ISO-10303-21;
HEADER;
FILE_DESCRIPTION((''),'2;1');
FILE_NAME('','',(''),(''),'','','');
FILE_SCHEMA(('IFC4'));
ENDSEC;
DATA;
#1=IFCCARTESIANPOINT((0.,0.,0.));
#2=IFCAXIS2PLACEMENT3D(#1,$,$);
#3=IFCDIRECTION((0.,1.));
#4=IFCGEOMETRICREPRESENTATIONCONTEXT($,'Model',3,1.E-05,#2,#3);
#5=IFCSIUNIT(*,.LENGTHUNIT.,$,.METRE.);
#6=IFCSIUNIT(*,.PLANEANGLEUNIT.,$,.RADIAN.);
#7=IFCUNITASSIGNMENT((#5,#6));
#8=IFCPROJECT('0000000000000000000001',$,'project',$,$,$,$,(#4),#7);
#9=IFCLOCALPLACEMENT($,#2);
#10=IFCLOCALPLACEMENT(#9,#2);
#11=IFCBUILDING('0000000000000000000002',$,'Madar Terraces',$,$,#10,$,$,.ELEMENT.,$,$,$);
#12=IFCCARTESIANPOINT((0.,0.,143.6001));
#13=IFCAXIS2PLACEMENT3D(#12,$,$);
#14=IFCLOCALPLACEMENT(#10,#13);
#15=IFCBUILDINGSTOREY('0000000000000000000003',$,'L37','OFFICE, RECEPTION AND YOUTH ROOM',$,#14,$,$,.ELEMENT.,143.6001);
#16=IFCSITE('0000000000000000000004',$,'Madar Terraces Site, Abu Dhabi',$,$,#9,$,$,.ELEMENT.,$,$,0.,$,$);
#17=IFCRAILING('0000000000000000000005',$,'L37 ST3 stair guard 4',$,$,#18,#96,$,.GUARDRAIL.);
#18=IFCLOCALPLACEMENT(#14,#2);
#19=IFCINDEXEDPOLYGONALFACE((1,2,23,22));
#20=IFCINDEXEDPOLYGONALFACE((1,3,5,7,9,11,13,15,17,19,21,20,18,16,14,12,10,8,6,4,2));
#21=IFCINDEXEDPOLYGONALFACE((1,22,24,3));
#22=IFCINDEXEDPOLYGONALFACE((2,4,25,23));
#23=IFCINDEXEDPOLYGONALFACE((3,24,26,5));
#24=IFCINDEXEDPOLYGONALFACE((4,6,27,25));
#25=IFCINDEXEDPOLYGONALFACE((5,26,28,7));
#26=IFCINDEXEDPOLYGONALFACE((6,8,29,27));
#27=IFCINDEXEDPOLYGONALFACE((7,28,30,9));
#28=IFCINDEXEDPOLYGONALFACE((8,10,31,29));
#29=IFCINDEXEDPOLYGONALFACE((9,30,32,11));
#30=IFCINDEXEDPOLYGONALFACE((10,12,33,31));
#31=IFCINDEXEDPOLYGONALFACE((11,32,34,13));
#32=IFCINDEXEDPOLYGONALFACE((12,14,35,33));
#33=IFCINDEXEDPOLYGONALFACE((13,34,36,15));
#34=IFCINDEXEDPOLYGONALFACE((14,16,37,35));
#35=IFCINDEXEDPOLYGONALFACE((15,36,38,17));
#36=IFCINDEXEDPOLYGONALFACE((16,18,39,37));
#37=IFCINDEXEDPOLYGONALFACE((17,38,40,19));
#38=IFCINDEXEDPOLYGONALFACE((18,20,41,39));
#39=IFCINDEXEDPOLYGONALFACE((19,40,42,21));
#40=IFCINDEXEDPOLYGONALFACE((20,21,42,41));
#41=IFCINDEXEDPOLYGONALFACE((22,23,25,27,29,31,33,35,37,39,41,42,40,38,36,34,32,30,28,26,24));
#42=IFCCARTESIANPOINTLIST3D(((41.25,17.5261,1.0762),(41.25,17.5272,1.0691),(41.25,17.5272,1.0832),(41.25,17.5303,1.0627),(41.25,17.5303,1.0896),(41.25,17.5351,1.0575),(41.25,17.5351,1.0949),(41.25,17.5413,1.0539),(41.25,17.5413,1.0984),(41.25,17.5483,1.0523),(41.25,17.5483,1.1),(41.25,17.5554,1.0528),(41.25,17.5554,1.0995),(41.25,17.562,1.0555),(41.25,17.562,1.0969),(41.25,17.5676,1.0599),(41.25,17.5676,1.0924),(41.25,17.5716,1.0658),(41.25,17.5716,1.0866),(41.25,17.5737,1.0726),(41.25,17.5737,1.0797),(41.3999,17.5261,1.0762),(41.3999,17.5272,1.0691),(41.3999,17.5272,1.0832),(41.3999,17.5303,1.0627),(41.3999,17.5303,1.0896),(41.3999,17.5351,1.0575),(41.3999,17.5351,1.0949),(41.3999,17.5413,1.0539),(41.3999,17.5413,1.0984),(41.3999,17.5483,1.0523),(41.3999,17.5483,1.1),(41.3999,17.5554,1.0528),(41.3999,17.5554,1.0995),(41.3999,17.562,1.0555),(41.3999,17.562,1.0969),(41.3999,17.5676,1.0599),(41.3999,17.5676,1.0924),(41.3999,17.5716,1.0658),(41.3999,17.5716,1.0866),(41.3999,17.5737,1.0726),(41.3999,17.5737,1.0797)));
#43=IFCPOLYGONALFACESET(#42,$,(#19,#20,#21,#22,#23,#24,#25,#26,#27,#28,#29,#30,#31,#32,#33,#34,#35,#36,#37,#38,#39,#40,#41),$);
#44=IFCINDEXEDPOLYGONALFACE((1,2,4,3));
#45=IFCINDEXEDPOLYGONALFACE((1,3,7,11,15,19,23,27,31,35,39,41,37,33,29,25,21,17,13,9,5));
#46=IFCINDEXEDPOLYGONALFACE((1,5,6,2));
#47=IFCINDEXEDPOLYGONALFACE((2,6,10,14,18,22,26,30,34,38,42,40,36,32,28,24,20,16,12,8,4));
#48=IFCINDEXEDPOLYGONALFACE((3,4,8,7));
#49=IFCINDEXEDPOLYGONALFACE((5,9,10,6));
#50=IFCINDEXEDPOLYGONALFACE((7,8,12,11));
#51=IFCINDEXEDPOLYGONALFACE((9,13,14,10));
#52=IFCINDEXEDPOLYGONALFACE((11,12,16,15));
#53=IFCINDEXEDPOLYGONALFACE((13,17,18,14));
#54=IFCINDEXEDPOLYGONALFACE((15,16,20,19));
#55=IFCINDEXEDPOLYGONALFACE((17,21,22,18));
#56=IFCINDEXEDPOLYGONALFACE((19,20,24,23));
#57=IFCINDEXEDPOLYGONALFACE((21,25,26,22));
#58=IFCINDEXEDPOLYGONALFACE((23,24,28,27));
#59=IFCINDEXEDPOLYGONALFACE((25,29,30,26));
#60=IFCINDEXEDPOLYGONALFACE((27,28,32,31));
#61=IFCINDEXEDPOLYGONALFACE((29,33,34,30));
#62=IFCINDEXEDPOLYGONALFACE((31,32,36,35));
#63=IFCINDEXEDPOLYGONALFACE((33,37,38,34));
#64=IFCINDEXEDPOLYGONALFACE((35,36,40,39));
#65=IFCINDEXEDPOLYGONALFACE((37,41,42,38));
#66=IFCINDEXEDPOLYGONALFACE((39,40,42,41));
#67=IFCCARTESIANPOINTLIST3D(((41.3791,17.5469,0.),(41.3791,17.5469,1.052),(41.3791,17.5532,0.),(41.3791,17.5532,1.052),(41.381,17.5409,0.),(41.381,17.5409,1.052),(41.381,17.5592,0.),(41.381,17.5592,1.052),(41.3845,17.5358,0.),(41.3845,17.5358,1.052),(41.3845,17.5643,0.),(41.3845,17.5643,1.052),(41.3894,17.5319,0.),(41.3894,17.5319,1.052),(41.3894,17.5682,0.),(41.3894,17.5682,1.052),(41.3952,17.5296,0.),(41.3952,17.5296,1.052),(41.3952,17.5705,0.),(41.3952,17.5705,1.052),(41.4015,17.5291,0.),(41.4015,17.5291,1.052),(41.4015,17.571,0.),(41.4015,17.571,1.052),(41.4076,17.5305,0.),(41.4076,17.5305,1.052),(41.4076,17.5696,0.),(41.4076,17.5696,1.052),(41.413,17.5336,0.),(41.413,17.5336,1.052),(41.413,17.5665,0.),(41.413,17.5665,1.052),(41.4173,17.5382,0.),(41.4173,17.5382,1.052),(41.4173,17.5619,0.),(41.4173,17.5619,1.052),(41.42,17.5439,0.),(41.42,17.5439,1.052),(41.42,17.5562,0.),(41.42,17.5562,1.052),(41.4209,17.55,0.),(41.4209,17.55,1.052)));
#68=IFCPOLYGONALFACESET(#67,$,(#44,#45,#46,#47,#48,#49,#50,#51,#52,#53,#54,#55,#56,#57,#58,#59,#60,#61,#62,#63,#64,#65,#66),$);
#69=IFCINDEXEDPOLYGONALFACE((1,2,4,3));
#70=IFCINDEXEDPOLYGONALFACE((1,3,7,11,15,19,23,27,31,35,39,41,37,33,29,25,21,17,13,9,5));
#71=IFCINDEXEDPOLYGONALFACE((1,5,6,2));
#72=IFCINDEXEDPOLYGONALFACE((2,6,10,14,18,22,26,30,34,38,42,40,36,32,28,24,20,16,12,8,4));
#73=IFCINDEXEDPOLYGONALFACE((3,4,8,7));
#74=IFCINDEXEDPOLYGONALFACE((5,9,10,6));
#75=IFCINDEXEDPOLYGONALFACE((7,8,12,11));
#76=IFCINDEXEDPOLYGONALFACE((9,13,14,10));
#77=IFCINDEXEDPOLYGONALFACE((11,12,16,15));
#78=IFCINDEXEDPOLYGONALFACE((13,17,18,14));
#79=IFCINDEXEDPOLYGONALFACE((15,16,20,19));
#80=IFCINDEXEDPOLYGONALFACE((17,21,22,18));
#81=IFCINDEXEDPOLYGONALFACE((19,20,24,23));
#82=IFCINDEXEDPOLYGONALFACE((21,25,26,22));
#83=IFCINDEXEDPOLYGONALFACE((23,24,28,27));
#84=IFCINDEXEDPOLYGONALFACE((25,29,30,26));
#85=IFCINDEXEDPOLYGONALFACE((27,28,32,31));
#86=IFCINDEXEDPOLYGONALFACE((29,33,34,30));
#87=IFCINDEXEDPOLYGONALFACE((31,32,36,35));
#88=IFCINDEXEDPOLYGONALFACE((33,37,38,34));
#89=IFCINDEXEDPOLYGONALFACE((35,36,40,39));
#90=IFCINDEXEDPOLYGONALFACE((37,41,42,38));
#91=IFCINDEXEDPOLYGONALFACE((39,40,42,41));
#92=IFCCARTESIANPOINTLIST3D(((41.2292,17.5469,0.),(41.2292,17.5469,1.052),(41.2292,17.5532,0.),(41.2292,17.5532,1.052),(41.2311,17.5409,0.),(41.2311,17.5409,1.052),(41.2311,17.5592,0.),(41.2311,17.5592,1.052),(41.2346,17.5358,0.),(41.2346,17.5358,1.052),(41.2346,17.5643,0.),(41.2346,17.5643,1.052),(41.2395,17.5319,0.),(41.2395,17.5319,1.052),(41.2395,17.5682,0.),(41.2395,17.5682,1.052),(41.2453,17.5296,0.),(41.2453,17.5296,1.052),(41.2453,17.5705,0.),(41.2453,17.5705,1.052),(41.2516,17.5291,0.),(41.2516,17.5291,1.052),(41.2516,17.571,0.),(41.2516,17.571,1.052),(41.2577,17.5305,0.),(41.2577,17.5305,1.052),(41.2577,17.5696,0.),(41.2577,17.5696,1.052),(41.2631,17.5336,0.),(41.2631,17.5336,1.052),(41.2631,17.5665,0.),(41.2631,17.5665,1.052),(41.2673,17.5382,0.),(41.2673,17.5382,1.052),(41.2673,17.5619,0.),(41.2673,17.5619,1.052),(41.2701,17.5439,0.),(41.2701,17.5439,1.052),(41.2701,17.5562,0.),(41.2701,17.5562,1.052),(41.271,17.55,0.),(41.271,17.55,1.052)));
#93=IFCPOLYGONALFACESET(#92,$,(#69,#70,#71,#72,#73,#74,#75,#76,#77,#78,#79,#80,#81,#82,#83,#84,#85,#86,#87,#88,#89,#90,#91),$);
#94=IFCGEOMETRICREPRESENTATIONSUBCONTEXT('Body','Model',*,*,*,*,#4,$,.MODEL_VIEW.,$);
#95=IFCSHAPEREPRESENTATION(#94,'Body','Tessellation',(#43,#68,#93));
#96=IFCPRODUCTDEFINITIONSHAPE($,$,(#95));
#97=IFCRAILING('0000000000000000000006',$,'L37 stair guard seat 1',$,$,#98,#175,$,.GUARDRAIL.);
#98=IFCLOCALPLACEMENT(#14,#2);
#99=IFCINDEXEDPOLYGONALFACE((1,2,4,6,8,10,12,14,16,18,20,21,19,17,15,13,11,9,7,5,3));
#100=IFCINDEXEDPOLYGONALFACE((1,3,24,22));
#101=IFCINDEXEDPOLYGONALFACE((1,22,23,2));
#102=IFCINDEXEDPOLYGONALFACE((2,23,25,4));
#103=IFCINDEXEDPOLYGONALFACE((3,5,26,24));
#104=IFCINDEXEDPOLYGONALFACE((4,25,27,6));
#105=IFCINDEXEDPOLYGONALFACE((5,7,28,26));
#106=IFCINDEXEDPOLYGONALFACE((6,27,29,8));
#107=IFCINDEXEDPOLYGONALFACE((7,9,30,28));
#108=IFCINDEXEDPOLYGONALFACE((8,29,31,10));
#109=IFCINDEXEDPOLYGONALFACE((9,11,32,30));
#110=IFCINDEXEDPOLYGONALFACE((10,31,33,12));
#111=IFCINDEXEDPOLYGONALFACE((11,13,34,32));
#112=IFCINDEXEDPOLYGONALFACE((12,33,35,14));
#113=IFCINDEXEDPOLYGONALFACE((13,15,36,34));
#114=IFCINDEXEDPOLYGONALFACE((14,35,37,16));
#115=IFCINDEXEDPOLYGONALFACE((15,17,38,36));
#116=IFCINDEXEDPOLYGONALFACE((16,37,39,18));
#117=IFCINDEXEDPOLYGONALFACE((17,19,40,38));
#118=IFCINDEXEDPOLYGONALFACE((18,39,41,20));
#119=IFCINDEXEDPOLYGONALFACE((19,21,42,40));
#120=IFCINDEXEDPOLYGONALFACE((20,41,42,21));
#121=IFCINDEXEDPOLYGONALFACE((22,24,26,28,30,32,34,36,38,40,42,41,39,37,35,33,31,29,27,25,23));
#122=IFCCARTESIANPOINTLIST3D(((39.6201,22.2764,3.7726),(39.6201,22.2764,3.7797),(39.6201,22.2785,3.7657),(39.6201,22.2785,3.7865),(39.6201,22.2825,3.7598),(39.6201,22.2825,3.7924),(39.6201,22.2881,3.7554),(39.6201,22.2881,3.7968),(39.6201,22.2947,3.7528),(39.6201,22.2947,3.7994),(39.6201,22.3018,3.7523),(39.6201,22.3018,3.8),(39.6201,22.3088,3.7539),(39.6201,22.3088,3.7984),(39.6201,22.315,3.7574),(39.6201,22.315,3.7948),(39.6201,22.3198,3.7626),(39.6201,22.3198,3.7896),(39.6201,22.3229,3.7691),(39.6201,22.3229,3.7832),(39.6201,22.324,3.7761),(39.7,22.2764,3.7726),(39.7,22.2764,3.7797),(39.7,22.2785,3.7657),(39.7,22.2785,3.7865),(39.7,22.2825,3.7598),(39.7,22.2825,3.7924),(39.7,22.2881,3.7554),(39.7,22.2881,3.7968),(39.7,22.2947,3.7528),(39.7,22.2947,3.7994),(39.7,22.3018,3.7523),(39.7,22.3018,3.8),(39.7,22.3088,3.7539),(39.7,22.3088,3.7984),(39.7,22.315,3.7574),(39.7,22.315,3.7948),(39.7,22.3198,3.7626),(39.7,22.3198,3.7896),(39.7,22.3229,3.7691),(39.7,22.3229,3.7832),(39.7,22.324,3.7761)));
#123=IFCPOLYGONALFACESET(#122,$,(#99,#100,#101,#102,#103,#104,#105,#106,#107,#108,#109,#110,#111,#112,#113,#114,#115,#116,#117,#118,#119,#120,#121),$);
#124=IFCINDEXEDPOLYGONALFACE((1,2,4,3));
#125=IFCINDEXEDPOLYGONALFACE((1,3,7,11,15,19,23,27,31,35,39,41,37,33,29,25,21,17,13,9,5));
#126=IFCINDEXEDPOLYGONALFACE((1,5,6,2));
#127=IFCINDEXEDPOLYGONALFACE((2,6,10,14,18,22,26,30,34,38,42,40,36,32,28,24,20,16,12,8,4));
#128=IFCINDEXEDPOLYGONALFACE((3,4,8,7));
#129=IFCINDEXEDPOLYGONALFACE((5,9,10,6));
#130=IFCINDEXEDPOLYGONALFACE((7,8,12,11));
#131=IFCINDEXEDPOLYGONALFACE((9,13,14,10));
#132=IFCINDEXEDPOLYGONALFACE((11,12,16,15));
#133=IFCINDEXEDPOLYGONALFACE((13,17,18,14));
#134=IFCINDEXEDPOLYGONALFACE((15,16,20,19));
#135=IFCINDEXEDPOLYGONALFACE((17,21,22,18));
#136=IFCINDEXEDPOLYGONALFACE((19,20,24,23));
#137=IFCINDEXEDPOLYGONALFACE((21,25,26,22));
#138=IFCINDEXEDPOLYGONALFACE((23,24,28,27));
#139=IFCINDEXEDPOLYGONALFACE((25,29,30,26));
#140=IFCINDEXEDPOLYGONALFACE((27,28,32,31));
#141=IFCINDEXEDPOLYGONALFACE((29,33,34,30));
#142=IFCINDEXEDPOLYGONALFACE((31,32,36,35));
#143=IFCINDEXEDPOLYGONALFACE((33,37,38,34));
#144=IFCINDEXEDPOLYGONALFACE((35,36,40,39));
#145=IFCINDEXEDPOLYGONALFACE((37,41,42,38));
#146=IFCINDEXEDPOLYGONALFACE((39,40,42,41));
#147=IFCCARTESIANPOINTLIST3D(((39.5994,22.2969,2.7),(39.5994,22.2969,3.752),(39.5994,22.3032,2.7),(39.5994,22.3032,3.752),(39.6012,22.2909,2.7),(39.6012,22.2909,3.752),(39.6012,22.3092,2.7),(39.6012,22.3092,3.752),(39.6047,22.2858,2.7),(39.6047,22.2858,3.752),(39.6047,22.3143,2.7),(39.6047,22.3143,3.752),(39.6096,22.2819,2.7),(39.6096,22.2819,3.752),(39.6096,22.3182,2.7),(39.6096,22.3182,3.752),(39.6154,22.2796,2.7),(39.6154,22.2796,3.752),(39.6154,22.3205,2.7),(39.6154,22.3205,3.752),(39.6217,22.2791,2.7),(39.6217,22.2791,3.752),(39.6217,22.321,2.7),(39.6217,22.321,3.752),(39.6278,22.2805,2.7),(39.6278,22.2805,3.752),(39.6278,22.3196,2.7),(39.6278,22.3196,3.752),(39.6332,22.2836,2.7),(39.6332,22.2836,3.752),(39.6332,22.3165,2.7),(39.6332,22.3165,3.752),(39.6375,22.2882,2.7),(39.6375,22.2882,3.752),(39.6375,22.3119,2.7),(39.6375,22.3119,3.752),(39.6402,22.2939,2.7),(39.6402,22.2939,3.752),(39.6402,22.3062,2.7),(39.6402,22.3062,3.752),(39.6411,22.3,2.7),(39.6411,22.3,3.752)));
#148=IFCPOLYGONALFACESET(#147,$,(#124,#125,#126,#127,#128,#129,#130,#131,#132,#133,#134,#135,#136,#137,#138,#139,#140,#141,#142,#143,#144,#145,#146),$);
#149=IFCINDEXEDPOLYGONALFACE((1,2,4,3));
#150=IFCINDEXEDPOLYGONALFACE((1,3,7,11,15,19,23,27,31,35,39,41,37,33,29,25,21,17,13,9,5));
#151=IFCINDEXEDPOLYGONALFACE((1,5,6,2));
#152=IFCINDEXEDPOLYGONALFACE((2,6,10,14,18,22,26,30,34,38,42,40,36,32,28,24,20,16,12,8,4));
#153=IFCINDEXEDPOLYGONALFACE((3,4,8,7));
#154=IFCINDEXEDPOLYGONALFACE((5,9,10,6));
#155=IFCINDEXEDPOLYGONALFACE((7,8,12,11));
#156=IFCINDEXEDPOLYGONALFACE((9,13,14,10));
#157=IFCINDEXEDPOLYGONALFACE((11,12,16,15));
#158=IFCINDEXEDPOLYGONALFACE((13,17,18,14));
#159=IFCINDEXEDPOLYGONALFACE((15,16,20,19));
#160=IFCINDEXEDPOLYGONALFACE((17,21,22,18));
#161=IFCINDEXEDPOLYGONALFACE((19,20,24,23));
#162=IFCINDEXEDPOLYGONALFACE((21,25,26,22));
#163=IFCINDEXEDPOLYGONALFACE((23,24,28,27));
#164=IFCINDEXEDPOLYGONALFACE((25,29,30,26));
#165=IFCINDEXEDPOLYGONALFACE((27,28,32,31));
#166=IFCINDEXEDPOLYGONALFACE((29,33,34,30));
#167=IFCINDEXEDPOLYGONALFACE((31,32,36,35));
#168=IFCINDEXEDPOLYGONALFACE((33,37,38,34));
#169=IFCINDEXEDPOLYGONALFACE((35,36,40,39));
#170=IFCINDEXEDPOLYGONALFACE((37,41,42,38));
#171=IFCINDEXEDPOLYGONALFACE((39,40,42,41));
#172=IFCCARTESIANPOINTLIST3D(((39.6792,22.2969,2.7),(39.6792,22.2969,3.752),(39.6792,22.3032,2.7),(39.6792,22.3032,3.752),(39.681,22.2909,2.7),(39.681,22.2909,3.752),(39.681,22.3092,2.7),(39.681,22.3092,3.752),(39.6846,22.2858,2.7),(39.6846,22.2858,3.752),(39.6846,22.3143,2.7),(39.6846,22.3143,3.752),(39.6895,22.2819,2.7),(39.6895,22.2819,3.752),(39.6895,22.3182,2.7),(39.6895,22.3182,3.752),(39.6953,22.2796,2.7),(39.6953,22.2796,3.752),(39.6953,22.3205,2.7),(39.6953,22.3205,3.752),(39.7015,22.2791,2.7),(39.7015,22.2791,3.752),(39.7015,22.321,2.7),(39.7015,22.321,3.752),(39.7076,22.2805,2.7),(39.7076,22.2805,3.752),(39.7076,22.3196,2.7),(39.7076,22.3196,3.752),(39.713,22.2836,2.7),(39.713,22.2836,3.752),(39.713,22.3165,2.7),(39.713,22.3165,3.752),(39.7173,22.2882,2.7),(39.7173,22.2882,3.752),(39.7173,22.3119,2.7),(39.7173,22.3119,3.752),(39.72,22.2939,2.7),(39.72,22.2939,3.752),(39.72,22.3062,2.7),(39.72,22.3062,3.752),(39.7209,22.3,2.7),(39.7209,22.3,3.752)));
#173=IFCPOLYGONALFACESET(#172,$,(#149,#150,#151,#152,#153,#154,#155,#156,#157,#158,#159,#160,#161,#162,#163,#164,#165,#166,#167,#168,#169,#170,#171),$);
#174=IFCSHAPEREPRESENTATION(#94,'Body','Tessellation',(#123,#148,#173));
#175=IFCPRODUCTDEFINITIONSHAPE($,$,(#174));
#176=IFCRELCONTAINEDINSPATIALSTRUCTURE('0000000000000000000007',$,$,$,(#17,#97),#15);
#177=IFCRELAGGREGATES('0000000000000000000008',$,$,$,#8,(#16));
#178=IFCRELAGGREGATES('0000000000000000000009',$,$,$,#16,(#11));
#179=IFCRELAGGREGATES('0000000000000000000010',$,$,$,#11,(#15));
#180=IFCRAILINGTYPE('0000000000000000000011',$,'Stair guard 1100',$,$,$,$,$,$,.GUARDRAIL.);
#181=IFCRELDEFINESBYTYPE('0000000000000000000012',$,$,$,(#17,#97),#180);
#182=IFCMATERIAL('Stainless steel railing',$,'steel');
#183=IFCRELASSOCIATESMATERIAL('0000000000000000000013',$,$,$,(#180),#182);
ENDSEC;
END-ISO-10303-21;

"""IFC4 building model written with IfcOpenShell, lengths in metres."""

from ifc_helpers import new_model, si_unit, direction, frame, origin, origin_2d, place, context, subcontext, project, spatial, circle, extrude, material, type_object, element, save


model = new_model("IFC4")

# Units and contexts
model_context = context("Model", 3, precision=1e-05, world=origin(), true_north=direction((0.0, 1.0)))
body_context = subcontext(model_context, "Body", "Model", "MODEL_VIEW")
ifc_project = project(units=[si_unit("LENGTHUNIT", "METRE"), si_unit("PLANEANGLEUNIT", "RADIAN")], contexts=[model_context])

# Site, building, storey
site_placement = place(None, origin())
site = spatial("IfcSite", under=ifc_project, at=site_placement, Name="Madar Terraces Site, Abu Dhabi", CompositionType="ELEMENT", RefElevation=0.0)
building_placement = place(site_placement, origin())
building = spatial("IfcBuilding", under=site, at=building_placement, Name="Madar Terraces", CompositionType="ELEMENT")
storey_placement = place(building_placement, frame((0.0, 0.0, 143.6001)))
storey = spatial("IfcBuildingStorey", under=building, at=storey_placement, Name="L37", Description="OFFICE, RECEPTION AND YOUTH ROOM", CompositionType="ELEMENT", Elevation=143.6001)

# Railings
ifc_material_1 = material(Name="Stainless steel railing", Category="steel")
railing_type_1 = type_object("IfcRailingType", Name="Stair guard 1100", PredefinedType="GUARDRAIL", material=ifc_material_1)
railing_1_placement = place(storey_placement, frame((41.3999, 17.55, 0.0)))
element("IfcRailing", 1, at=railing_1_placement, inside=storey, type_object=railing_type_1, Name="L37 ST3 stair guard 4", PredefinedType="GUARDRAIL", context=body_context, shape_type="SweptSolid", body=[
    extrude(circle(Radius=0.0239, at=origin_2d()), frame((0.0, 0.0, 1.0762), z_axis=(-1.0, 0.0, 0.0), x_axis=(0.0, -1.0, 0.0)), (0.0, 0.0, 1.0), 0.1499),
    extrude(circle(Radius=0.021, at=origin_2d()), origin(), (0.0, 0.0, 1.0), 1.052),
    extrude(circle(Radius=0.021, at=origin_2d()), frame((-0.1499, 0.0, 0.0)), (0.0, 0.0, 1.0), 1.052),
])
railing_2_placement = place(storey_placement, frame((39.6201, 22.3, 2.7)))
element("IfcRailing", 2, at=railing_2_placement, inside=storey, type_object=railing_type_1, Name="L37 stair guard seat 1", PredefinedType="GUARDRAIL", context=body_context, shape_type="SweptSolid", body=[
    extrude(circle(Radius=0.0239, at=origin_2d()), frame((0.0, 0.0, 1.0762), z_axis=(1.0, 0.0, 0.0), x_axis=(0.0, 1.0, 0.0)), (0.0, 0.0, 1.0), 0.0798),
    extrude(circle(Radius=0.021, at=origin_2d()), origin(), (0.0, 0.0, 1.0), 1.052),
    extrude(circle(Radius=0.021, at=origin_2d()), frame((0.0798, 0.0, 0.0)), (0.0, 0.0, 1.0), 1.052),
])

save(model, "model.ifc")
